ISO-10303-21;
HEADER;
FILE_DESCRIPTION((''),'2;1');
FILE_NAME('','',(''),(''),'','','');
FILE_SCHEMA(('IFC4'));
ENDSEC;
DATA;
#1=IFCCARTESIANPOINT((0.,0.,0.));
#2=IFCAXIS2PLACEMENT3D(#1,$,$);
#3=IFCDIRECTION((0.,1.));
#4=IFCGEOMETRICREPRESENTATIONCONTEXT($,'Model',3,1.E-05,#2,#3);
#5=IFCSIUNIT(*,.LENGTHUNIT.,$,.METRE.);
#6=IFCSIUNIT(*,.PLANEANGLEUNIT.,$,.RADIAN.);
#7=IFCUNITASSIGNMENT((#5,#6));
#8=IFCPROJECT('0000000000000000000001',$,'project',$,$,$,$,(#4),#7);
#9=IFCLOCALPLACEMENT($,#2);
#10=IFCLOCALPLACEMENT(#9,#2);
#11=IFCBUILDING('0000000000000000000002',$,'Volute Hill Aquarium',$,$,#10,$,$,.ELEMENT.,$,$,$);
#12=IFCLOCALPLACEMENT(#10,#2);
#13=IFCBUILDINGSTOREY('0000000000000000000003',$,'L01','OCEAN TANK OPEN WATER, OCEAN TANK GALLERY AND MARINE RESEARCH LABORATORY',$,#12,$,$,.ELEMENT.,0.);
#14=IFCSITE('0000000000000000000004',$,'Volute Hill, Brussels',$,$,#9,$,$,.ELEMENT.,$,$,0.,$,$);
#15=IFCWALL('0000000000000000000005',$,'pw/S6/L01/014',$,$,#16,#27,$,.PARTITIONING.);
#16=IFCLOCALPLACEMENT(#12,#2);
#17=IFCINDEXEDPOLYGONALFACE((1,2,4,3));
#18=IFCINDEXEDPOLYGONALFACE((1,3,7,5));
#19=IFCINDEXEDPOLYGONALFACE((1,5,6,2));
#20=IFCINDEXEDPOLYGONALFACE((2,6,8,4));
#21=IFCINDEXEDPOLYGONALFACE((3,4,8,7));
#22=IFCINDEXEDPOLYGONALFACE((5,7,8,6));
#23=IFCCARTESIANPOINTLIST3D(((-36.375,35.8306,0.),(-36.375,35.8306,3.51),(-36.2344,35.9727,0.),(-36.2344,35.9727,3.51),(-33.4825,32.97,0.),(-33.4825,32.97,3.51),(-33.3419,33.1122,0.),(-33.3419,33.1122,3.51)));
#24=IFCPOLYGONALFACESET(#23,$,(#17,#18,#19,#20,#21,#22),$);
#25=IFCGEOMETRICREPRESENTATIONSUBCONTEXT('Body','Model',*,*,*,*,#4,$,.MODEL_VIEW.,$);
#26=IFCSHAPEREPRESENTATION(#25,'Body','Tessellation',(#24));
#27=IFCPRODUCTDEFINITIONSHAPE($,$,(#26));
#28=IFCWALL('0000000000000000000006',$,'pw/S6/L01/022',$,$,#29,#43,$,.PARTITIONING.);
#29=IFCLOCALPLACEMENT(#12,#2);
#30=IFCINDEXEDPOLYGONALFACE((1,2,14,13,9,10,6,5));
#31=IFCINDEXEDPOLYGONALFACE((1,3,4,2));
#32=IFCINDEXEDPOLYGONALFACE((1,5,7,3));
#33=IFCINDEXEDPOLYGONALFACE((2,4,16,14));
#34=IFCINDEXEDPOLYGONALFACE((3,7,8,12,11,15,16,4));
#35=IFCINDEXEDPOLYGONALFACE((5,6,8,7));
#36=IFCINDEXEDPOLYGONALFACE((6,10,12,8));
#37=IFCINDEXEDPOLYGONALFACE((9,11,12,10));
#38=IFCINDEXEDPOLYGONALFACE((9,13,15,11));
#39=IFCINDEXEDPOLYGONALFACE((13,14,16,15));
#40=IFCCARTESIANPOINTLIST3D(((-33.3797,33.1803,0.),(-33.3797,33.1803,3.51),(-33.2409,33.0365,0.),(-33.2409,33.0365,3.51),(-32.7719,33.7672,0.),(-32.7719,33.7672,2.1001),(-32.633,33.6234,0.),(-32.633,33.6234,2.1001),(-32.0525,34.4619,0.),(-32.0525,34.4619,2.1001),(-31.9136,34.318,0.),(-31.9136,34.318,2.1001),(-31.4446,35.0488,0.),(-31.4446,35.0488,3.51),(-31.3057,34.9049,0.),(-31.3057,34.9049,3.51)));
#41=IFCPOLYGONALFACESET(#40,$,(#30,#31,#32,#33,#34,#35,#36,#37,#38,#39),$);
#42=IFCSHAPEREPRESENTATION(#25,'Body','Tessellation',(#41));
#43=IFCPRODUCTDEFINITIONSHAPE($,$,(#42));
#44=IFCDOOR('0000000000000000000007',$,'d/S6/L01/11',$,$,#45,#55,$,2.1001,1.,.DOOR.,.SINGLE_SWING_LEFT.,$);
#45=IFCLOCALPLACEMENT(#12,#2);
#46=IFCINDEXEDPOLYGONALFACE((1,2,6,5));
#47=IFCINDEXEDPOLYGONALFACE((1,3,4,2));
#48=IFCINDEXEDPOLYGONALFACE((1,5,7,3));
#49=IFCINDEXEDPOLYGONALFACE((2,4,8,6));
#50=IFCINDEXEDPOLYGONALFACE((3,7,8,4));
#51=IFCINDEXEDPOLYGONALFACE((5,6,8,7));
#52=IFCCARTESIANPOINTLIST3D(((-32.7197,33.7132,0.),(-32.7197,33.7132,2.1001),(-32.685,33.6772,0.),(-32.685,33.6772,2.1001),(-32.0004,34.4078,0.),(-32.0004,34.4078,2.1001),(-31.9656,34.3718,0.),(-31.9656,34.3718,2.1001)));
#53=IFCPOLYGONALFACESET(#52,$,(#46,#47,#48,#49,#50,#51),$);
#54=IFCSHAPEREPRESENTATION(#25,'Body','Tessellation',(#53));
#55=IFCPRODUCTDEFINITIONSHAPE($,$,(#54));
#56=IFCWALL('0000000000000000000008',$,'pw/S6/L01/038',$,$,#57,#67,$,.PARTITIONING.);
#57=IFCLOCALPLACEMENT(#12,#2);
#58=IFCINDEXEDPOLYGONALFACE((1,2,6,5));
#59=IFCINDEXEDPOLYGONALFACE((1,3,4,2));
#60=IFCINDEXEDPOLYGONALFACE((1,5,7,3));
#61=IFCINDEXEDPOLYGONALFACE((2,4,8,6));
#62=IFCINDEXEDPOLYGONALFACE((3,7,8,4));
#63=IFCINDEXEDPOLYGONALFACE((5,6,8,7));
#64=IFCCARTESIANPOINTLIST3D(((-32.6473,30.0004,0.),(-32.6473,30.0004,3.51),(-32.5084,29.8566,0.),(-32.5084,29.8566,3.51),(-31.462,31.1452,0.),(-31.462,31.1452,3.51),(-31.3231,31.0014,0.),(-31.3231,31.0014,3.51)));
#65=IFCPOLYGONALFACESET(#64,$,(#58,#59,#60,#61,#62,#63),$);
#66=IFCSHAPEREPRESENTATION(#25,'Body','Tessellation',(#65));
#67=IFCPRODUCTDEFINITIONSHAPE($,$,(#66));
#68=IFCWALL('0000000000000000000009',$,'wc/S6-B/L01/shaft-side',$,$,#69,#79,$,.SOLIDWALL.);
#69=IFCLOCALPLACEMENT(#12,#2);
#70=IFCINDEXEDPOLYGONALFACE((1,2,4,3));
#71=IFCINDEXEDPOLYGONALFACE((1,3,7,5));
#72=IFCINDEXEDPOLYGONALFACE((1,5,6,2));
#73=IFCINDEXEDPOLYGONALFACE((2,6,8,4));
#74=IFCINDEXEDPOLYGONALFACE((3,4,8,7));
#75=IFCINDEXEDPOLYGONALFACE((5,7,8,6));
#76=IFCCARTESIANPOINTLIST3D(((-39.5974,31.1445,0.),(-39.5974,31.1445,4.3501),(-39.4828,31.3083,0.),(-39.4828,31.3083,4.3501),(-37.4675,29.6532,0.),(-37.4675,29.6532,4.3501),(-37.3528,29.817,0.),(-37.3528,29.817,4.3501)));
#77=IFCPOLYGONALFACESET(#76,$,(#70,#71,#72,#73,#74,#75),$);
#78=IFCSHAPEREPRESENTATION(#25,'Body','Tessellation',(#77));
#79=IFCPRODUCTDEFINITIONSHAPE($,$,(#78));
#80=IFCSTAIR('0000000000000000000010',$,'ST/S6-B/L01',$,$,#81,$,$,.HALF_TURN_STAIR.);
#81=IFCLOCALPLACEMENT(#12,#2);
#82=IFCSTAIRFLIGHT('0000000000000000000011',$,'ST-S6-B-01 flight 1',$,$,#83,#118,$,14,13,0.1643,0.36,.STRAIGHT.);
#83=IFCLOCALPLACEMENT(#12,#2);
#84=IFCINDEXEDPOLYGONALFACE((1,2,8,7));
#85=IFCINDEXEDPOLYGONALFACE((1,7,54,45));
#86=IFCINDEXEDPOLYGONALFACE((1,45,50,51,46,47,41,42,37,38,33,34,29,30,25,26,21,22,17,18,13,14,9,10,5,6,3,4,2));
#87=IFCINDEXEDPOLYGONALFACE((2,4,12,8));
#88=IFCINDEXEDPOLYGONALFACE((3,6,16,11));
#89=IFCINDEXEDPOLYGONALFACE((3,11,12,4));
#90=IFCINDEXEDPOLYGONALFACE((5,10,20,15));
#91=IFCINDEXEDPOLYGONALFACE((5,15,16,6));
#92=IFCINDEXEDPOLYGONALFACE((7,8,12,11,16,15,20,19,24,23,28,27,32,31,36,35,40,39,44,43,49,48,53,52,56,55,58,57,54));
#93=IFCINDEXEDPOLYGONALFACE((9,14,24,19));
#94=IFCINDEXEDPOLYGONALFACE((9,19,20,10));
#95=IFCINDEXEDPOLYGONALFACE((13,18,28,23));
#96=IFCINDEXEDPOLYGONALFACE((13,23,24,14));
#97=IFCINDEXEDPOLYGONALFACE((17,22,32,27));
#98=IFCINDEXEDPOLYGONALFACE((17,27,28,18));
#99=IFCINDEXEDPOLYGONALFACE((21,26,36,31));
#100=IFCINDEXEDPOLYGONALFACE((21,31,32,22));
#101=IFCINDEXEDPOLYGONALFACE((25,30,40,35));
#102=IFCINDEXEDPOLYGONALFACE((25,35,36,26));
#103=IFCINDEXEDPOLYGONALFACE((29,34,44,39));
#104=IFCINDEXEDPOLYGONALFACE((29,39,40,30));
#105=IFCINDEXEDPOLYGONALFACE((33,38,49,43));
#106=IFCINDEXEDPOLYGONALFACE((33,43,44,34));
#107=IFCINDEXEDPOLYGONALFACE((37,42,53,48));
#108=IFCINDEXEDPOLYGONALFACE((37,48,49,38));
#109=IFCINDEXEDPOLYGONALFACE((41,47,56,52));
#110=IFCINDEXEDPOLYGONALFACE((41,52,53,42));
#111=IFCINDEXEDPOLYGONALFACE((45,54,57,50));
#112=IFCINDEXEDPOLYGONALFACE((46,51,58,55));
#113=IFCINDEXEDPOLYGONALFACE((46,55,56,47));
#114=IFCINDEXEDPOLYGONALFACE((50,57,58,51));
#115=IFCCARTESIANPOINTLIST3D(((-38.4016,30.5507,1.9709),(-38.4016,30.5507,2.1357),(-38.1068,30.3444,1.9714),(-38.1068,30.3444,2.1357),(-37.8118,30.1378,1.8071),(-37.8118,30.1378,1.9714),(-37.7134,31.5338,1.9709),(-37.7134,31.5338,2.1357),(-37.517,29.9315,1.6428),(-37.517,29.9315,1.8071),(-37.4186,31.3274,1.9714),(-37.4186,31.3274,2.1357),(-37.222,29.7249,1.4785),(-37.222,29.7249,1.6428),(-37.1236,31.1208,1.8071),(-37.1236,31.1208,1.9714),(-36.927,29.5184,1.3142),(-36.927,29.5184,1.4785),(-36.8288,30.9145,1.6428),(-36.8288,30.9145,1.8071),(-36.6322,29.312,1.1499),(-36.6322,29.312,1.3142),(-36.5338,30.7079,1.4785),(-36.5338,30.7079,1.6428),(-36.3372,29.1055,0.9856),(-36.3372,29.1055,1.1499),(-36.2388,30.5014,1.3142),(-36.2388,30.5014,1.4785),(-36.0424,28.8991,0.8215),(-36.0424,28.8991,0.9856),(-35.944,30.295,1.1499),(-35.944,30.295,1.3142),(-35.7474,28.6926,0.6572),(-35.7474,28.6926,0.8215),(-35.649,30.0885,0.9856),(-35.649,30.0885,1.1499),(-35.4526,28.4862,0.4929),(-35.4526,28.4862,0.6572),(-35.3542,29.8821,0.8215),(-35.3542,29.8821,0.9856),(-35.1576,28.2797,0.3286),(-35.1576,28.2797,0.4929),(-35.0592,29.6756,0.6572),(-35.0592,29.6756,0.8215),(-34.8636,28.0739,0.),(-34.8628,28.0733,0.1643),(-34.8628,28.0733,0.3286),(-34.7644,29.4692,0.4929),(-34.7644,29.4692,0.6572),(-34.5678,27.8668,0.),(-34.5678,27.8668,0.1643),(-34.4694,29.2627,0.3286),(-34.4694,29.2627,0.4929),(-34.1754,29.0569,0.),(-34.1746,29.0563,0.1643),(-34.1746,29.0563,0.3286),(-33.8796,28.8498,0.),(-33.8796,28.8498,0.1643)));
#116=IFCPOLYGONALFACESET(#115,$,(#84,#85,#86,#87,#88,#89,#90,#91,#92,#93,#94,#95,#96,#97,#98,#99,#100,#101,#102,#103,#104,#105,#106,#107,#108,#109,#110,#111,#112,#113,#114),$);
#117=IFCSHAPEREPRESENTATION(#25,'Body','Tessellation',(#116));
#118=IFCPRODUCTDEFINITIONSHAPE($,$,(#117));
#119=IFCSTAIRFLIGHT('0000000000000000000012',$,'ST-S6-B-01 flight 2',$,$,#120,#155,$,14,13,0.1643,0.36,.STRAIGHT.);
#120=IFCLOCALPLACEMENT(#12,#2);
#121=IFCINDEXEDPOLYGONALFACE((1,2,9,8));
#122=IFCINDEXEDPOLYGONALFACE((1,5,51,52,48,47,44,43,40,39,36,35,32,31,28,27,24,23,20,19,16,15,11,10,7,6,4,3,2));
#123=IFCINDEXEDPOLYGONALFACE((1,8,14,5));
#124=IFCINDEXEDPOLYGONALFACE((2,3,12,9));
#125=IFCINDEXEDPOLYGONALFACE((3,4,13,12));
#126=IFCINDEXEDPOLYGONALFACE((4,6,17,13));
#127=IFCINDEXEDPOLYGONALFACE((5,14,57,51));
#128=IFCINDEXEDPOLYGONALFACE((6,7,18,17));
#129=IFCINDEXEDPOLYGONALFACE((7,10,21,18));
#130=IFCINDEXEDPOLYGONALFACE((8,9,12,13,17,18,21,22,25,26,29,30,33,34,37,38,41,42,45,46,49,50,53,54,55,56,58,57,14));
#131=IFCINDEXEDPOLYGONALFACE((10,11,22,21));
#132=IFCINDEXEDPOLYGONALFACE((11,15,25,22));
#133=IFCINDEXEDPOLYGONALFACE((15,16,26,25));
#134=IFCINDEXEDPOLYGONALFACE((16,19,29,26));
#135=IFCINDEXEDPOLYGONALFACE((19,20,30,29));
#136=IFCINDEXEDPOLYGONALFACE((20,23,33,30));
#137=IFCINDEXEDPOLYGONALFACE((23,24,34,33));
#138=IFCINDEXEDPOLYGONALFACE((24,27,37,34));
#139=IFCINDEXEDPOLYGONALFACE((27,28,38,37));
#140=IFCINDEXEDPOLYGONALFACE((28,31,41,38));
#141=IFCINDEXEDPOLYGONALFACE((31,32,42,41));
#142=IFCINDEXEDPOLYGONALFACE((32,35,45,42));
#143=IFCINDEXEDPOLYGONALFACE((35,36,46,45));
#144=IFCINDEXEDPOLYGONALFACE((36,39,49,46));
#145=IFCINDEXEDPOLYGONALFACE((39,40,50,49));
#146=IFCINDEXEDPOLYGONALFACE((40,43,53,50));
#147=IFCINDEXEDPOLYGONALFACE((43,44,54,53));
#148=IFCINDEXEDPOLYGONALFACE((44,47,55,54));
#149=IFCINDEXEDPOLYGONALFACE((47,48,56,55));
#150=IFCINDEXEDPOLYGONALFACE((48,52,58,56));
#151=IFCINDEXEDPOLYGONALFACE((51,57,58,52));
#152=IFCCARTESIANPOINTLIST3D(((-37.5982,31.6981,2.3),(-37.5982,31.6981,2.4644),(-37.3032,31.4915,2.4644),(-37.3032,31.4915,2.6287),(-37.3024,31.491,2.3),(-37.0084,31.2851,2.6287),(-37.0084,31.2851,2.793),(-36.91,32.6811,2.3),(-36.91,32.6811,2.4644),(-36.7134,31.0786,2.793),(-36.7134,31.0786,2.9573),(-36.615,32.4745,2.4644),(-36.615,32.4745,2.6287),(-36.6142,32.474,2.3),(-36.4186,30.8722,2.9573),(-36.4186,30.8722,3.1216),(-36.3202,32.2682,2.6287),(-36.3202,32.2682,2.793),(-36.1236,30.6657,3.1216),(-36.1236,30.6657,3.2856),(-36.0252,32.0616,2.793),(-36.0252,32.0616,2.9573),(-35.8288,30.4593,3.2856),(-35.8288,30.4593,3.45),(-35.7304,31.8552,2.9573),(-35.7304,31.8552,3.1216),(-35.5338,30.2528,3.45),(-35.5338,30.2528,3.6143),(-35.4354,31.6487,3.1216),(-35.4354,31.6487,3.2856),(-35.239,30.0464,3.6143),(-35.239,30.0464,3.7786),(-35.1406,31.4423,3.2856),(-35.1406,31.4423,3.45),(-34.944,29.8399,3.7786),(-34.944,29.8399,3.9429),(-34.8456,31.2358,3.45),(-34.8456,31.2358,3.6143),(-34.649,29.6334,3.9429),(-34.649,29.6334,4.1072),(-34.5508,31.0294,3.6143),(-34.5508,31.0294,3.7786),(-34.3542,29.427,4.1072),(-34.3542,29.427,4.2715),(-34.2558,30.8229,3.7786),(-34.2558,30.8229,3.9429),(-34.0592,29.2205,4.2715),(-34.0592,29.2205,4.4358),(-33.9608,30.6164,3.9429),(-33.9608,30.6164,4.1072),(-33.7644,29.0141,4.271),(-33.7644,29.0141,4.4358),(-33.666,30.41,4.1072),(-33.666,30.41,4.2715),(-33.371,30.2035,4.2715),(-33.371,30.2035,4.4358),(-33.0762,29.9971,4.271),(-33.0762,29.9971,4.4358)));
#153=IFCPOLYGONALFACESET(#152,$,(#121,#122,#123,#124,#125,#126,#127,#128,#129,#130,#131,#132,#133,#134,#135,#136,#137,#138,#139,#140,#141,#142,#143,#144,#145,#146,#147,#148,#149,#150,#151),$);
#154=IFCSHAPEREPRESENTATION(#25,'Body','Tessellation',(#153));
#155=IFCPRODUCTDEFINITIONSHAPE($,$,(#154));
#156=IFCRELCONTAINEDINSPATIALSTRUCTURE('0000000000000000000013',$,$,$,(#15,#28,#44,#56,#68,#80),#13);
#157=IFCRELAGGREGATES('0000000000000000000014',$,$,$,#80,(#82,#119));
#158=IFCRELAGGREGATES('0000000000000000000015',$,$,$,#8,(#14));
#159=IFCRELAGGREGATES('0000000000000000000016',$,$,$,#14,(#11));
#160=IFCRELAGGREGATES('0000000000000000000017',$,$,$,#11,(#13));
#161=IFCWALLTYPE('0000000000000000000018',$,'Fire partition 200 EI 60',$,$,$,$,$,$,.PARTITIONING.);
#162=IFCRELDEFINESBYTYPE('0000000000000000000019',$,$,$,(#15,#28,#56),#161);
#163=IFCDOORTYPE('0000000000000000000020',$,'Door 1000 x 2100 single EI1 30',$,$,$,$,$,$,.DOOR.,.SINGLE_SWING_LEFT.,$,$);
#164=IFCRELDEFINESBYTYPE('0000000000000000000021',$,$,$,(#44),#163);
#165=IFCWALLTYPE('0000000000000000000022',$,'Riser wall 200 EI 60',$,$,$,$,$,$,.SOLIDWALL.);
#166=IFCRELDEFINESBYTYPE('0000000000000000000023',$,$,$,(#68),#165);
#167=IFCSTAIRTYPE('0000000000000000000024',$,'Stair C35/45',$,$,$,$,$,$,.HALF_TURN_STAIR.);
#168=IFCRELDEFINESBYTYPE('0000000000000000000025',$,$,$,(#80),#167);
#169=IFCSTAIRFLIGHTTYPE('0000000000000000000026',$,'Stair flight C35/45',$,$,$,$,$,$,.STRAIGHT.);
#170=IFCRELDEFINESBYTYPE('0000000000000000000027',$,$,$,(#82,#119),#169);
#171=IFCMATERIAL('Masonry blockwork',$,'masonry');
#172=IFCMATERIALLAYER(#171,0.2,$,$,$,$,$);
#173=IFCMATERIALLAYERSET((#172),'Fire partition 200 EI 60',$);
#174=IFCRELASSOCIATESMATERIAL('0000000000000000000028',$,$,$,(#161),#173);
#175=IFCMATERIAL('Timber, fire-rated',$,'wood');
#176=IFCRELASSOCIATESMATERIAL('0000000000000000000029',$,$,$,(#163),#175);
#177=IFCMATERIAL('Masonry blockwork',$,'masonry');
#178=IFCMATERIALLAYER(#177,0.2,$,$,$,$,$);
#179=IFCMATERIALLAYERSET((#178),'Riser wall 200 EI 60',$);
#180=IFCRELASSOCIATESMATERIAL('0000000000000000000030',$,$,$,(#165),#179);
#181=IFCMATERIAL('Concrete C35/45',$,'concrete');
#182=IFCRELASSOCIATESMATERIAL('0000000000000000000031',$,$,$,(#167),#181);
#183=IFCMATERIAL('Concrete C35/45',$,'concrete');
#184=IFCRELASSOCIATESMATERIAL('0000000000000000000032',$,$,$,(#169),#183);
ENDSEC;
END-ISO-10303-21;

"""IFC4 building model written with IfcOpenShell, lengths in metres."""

from ifc_helpers import new_model, si_unit, direction, frame, frame_2d, origin, place, context, subcontext, project, spatial, polyline, rectangle, outline, extrude, material, layer, layer_set, type_object, element, fill, aggregate, save


model = new_model("IFC4")

# Units and contexts
model_context = context("Model", 3, precision=1e-05, world=origin(), true_north=direction((0.0, 1.0)))
body_context = subcontext(model_context, "Body", "Model", "MODEL_VIEW")
ifc_project = project(units=[si_unit("LENGTHUNIT", "METRE"), si_unit("PLANEANGLEUNIT", "RADIAN")], contexts=[model_context])

# Site, building, storey
site_placement = place(None, origin())
site = spatial("IfcSite", under=ifc_project, at=site_placement, Name="Volute Hill, Brussels", CompositionType="ELEMENT", RefElevation=0.0)
building_placement = place(site_placement, origin())
building = spatial("IfcBuilding", under=site, at=building_placement, Name="Volute Hill Aquarium", CompositionType="ELEMENT")
storey_placement = place(building_placement, origin())
storey = spatial("IfcBuildingStorey", under=building, at=storey_placement, Name="L01", Description="OCEAN TANK OPEN WATER, OCEAN TANK GALLERY AND MARINE RESEARCH LABORATORY", CompositionType="ELEMENT", Elevation=0.0)

# Shared definitions
ifc_material_1 = material(Name="Masonry blockwork", Category="masonry")
ifc_layer_1 = layer(ifc_material_1, 0.2)
ifc_layer_set_1 = layer_set([ifc_layer_1], Name="Fire partition 200 EI 60")
wall_type_1 = type_object("IfcWallType", Name="Fire partition 200 EI 60", PredefinedType="PARTITIONING", material=ifc_layer_set_1)

# Wall
wall_1_placement = place(storey_placement, frame((-33.4121, 33.041, 0.0), z_axis=(0.0, 0.0, 1.0), x_axis=(-0.711027, 0.703165, 0.0)))
element("IfcWall", 1, at=wall_1_placement, inside=storey, type_object=wall_type_1, Name="pw/S6/L01/014", PredefinedType="PARTITIONING", context=body_context, shape_type="SweptSolid", body=[
    extrude(rectangle(XDim=4.0681, YDim=0.2, at=frame_2d((2.0342, 0.0))), origin(), (0.0, 0.0, 1.0), 3.51),
])

# Wall, opening, door
wall_2_placement = place(storey_placement, frame((-33.3103, 33.1084, 0.0), z_axis=(0.0, 0.0, 1.0), x_axis=(0.719387, 0.694609, 0.0)))
wall_2 = element("IfcWall", 2, at=wall_2_placement, inside=storey, type_object=wall_type_1, Name="pw/S6/L01/022", PredefinedType="PARTITIONING", context=body_context, shape_type="SweptSolid", body=[
    extrude(rectangle(XDim=2.6899, YDim=0.2, at=frame_2d((1.345, 0.0))), origin(), (0.0, 0.0, 1.0), 3.51),
])
opening_1_placement = place(wall_2_placement, frame((0.845, 0.0, 0.0)))
opening_1 = element("IfcOpeningElement", 3, at=opening_1_placement, cuts=wall_2, PredefinedType="OPENING", context=body_context, shape_type="SweptSolid", body=[
    extrude(rectangle(XDim=1.0, YDim=2.1001, at=frame_2d((0.5, 1.05))), frame((0.0, 0.1099, 0.0), z_axis=(0.0, -1.0, 0.0), x_axis=(1.0, 0.0, 0.0)), (0.0, 0.0, 1.0), 0.22),
])
ifc_material_2 = material(Name="Timber, fire-rated", Category="wood")
door_type_1 = type_object("IfcDoorType", Name="Door 1000 x 2100 single EI1 30", OperationType="SINGLE_SWING_LEFT", PredefinedType="DOOR", material=ifc_material_2)
door_1_placement = place(opening_1_placement, origin())
door_1 = element("IfcDoor", 4, at=door_1_placement, inside=storey, type_object=door_type_1, Name="d/S6/L01/11", OperationType="SINGLE_SWING_LEFT", OverallHeight=2.1001, OverallWidth=1.0, PredefinedType="DOOR", context=body_context, shape_type="SweptSolid", body=[
    extrude(rectangle(XDim=1.0, YDim=2.1001, at=frame_2d((0.5, 1.05))), frame((0.0, 0.0249, 0.0), z_axis=(0.0, -1.0, 0.0), x_axis=(1.0, 0.0, 0.0)), (0.0, 0.0, 1.0), 0.05),
])
fill(opening_1, door_1)

# Walls
wall_3_placement = place(storey_placement, frame((-32.5779, 29.9285, 0.0), z_axis=(0.0, 0.0, 1.0), x_axis=(0.719297, 0.694703, 0.0)))
element("IfcWall", 5, at=wall_3_placement, inside=storey, type_object=wall_type_1, Name="pw/S6/L01/038", PredefinedType="PARTITIONING", context=body_context, shape_type="SweptSolid", body=[
    extrude(rectangle(XDim=1.6479, YDim=0.2, at=frame_2d((0.824, 0.0))), origin(), (0.0, 0.0, 1.0), 3.51),
])
ifc_material_3 = material(Name="Masonry blockwork", Category="masonry")
ifc_layer_2 = layer(ifc_material_3, 0.2)
ifc_layer_set_2 = layer_set([ifc_layer_2], Name="Riser wall 200 EI 60")
wall_type_2 = type_object("IfcWallType", Name="Riser wall 200 EI 60", PredefinedType="SOLIDWALL", material=ifc_layer_set_2)
wall_4_placement = place(storey_placement, frame((-37.4102, 29.7351, 0.0), z_axis=(0.0, 0.0, 1.0), x_axis=(-0.819179, 0.573538, 0.0)))
element("IfcWall", 6, at=wall_4_placement, inside=storey, type_object=wall_type_2, Name="wc/S6-B/L01/shaft-side", PredefinedType="SOLIDWALL", context=body_context, shape_type="SweptSolid", body=[
    extrude(rectangle(XDim=2.6001, YDim=0.2, at=frame_2d((1.3, 0.0))), origin(), (0.0, 0.0, 1.0), 4.3501),
])

# Stair, stair flights
ifc_material_4 = material(Name="Concrete C35/45", Category="concrete")
stair_type = type_object("IfcStairType", Name="Stair C35/45", PredefinedType="HALF_TURN_STAIR", material=ifc_material_4)
stair_placement = place(storey_placement, origin())
stair = element("IfcStair", 7, at=stair_placement, inside=storey, type_object=stair_type, Name="ST/S6-B/L01", PredefinedType="HALF_TURN_STAIR")
ifc_material_5 = material(Name="Concrete C35/45", Category="concrete")
stair_flight_type = type_object("IfcStairFlightType", Name="Stair flight C35/45", PredefinedType="STRAIGHT", material=ifc_material_5)
stair_flight_1_placement = place(storey_placement, frame((-34.2236, 28.3584, 0.0), z_axis=(0.0, 0.0, 1.0), x_axis=(-0.819204, 0.573503, 0.0)))
stair_flight_1 = element("IfcStairFlight", 8, at=stair_flight_1_placement, type_object=stair_flight_type, Name="ST-S6-B-01 flight 1", NumberOfRisers=14, NumberOfTreads=13, PredefinedType="STRAIGHT", RiserHeight=0.1643, TreadLength=0.36, context=body_context, shape_type="SweptSolid", body=[
    extrude(outline(polyline([(0.0, 0.0), (0.0, 0.1643), (0.3601, 0.1643), (0.3601, 0.3286), (0.72, 0.3286), (0.72, 0.4929), (1.0801, 0.4929), (1.0801, 0.6572), (1.4399, 0.6572), (1.4399, 0.8215), (1.8, 0.8215), (1.8, 0.9856), (2.1599, 0.9856), (2.1599, 1.1499), (2.52, 1.1499), (2.52, 1.3142), (2.8799, 1.3142), (2.8799, 1.4785), (3.24, 1.4785), (3.24, 1.6428), (3.6001, 1.6428), (3.6001, 1.8071), (3.96, 1.8071), (3.96, 1.9714), (4.3201, 1.9714), (4.3201, 2.1357), (4.6799, 2.1357), (4.6799, 2.3), (4.6799, 1.9709), (0.3611, 0.0), (0.0, 0.0)])), frame((0.0, 0.6001, 0.0), z_axis=(0.0, -1.0, 0.0), x_axis=(1.0, 0.0, 0.0)), (0.0, 0.0, 1.0), 1.2),
])
stair_flight_2_placement = place(storey_placement, frame((-37.2542, 32.1895, 2.3), z_axis=(0.0, 0.0, 1.0), x_axis=(0.819204, -0.573503, 0.0)))
stair_flight_2 = element("IfcStairFlight", 9, at=stair_flight_2_placement, type_object=stair_flight_type, Name="ST-S6-B-01 flight 2", NumberOfRisers=14, NumberOfTreads=13, PredefinedType="STRAIGHT", RiserHeight=0.1643, TreadLength=0.36, context=body_context, shape_type="SweptSolid", body=[
    extrude(outline(polyline([(0.0, 0.0), (0.0, 0.1643), (0.3601, 0.1643), (0.3601, 0.3286), (0.72, 0.3286), (0.72, 0.4929), (1.0801, 0.4929), (1.0801, 0.6572), (1.4399, 0.6572), (1.4399, 0.8215), (1.8, 0.8215), (1.8, 0.9856), (2.1599, 0.9856), (2.1599, 1.1499), (2.52, 1.1499), (2.52, 1.3142), (2.8799, 1.3142), (2.8799, 1.4785), (3.24, 1.4785), (3.24, 1.6428), (3.6001, 1.6428), (3.6001, 1.8071), (3.96, 1.8071), (3.96, 1.9714), (4.3201, 1.9714), (4.3201, 2.1357), (4.6799, 2.1357), (4.6799, 2.3), (4.6799, 1.9709), (0.3611, 0.0), (0.0, 0.0)])), frame((0.0, 0.6001, 0.0), z_axis=(0.0, -1.0, 0.0), x_axis=(1.0, 0.0, 0.0)), (0.0, 0.0, 1.0), 1.2),
])
aggregate(stair, [stair_flight_1, stair_flight_2])

save(model, "model.ifc")
